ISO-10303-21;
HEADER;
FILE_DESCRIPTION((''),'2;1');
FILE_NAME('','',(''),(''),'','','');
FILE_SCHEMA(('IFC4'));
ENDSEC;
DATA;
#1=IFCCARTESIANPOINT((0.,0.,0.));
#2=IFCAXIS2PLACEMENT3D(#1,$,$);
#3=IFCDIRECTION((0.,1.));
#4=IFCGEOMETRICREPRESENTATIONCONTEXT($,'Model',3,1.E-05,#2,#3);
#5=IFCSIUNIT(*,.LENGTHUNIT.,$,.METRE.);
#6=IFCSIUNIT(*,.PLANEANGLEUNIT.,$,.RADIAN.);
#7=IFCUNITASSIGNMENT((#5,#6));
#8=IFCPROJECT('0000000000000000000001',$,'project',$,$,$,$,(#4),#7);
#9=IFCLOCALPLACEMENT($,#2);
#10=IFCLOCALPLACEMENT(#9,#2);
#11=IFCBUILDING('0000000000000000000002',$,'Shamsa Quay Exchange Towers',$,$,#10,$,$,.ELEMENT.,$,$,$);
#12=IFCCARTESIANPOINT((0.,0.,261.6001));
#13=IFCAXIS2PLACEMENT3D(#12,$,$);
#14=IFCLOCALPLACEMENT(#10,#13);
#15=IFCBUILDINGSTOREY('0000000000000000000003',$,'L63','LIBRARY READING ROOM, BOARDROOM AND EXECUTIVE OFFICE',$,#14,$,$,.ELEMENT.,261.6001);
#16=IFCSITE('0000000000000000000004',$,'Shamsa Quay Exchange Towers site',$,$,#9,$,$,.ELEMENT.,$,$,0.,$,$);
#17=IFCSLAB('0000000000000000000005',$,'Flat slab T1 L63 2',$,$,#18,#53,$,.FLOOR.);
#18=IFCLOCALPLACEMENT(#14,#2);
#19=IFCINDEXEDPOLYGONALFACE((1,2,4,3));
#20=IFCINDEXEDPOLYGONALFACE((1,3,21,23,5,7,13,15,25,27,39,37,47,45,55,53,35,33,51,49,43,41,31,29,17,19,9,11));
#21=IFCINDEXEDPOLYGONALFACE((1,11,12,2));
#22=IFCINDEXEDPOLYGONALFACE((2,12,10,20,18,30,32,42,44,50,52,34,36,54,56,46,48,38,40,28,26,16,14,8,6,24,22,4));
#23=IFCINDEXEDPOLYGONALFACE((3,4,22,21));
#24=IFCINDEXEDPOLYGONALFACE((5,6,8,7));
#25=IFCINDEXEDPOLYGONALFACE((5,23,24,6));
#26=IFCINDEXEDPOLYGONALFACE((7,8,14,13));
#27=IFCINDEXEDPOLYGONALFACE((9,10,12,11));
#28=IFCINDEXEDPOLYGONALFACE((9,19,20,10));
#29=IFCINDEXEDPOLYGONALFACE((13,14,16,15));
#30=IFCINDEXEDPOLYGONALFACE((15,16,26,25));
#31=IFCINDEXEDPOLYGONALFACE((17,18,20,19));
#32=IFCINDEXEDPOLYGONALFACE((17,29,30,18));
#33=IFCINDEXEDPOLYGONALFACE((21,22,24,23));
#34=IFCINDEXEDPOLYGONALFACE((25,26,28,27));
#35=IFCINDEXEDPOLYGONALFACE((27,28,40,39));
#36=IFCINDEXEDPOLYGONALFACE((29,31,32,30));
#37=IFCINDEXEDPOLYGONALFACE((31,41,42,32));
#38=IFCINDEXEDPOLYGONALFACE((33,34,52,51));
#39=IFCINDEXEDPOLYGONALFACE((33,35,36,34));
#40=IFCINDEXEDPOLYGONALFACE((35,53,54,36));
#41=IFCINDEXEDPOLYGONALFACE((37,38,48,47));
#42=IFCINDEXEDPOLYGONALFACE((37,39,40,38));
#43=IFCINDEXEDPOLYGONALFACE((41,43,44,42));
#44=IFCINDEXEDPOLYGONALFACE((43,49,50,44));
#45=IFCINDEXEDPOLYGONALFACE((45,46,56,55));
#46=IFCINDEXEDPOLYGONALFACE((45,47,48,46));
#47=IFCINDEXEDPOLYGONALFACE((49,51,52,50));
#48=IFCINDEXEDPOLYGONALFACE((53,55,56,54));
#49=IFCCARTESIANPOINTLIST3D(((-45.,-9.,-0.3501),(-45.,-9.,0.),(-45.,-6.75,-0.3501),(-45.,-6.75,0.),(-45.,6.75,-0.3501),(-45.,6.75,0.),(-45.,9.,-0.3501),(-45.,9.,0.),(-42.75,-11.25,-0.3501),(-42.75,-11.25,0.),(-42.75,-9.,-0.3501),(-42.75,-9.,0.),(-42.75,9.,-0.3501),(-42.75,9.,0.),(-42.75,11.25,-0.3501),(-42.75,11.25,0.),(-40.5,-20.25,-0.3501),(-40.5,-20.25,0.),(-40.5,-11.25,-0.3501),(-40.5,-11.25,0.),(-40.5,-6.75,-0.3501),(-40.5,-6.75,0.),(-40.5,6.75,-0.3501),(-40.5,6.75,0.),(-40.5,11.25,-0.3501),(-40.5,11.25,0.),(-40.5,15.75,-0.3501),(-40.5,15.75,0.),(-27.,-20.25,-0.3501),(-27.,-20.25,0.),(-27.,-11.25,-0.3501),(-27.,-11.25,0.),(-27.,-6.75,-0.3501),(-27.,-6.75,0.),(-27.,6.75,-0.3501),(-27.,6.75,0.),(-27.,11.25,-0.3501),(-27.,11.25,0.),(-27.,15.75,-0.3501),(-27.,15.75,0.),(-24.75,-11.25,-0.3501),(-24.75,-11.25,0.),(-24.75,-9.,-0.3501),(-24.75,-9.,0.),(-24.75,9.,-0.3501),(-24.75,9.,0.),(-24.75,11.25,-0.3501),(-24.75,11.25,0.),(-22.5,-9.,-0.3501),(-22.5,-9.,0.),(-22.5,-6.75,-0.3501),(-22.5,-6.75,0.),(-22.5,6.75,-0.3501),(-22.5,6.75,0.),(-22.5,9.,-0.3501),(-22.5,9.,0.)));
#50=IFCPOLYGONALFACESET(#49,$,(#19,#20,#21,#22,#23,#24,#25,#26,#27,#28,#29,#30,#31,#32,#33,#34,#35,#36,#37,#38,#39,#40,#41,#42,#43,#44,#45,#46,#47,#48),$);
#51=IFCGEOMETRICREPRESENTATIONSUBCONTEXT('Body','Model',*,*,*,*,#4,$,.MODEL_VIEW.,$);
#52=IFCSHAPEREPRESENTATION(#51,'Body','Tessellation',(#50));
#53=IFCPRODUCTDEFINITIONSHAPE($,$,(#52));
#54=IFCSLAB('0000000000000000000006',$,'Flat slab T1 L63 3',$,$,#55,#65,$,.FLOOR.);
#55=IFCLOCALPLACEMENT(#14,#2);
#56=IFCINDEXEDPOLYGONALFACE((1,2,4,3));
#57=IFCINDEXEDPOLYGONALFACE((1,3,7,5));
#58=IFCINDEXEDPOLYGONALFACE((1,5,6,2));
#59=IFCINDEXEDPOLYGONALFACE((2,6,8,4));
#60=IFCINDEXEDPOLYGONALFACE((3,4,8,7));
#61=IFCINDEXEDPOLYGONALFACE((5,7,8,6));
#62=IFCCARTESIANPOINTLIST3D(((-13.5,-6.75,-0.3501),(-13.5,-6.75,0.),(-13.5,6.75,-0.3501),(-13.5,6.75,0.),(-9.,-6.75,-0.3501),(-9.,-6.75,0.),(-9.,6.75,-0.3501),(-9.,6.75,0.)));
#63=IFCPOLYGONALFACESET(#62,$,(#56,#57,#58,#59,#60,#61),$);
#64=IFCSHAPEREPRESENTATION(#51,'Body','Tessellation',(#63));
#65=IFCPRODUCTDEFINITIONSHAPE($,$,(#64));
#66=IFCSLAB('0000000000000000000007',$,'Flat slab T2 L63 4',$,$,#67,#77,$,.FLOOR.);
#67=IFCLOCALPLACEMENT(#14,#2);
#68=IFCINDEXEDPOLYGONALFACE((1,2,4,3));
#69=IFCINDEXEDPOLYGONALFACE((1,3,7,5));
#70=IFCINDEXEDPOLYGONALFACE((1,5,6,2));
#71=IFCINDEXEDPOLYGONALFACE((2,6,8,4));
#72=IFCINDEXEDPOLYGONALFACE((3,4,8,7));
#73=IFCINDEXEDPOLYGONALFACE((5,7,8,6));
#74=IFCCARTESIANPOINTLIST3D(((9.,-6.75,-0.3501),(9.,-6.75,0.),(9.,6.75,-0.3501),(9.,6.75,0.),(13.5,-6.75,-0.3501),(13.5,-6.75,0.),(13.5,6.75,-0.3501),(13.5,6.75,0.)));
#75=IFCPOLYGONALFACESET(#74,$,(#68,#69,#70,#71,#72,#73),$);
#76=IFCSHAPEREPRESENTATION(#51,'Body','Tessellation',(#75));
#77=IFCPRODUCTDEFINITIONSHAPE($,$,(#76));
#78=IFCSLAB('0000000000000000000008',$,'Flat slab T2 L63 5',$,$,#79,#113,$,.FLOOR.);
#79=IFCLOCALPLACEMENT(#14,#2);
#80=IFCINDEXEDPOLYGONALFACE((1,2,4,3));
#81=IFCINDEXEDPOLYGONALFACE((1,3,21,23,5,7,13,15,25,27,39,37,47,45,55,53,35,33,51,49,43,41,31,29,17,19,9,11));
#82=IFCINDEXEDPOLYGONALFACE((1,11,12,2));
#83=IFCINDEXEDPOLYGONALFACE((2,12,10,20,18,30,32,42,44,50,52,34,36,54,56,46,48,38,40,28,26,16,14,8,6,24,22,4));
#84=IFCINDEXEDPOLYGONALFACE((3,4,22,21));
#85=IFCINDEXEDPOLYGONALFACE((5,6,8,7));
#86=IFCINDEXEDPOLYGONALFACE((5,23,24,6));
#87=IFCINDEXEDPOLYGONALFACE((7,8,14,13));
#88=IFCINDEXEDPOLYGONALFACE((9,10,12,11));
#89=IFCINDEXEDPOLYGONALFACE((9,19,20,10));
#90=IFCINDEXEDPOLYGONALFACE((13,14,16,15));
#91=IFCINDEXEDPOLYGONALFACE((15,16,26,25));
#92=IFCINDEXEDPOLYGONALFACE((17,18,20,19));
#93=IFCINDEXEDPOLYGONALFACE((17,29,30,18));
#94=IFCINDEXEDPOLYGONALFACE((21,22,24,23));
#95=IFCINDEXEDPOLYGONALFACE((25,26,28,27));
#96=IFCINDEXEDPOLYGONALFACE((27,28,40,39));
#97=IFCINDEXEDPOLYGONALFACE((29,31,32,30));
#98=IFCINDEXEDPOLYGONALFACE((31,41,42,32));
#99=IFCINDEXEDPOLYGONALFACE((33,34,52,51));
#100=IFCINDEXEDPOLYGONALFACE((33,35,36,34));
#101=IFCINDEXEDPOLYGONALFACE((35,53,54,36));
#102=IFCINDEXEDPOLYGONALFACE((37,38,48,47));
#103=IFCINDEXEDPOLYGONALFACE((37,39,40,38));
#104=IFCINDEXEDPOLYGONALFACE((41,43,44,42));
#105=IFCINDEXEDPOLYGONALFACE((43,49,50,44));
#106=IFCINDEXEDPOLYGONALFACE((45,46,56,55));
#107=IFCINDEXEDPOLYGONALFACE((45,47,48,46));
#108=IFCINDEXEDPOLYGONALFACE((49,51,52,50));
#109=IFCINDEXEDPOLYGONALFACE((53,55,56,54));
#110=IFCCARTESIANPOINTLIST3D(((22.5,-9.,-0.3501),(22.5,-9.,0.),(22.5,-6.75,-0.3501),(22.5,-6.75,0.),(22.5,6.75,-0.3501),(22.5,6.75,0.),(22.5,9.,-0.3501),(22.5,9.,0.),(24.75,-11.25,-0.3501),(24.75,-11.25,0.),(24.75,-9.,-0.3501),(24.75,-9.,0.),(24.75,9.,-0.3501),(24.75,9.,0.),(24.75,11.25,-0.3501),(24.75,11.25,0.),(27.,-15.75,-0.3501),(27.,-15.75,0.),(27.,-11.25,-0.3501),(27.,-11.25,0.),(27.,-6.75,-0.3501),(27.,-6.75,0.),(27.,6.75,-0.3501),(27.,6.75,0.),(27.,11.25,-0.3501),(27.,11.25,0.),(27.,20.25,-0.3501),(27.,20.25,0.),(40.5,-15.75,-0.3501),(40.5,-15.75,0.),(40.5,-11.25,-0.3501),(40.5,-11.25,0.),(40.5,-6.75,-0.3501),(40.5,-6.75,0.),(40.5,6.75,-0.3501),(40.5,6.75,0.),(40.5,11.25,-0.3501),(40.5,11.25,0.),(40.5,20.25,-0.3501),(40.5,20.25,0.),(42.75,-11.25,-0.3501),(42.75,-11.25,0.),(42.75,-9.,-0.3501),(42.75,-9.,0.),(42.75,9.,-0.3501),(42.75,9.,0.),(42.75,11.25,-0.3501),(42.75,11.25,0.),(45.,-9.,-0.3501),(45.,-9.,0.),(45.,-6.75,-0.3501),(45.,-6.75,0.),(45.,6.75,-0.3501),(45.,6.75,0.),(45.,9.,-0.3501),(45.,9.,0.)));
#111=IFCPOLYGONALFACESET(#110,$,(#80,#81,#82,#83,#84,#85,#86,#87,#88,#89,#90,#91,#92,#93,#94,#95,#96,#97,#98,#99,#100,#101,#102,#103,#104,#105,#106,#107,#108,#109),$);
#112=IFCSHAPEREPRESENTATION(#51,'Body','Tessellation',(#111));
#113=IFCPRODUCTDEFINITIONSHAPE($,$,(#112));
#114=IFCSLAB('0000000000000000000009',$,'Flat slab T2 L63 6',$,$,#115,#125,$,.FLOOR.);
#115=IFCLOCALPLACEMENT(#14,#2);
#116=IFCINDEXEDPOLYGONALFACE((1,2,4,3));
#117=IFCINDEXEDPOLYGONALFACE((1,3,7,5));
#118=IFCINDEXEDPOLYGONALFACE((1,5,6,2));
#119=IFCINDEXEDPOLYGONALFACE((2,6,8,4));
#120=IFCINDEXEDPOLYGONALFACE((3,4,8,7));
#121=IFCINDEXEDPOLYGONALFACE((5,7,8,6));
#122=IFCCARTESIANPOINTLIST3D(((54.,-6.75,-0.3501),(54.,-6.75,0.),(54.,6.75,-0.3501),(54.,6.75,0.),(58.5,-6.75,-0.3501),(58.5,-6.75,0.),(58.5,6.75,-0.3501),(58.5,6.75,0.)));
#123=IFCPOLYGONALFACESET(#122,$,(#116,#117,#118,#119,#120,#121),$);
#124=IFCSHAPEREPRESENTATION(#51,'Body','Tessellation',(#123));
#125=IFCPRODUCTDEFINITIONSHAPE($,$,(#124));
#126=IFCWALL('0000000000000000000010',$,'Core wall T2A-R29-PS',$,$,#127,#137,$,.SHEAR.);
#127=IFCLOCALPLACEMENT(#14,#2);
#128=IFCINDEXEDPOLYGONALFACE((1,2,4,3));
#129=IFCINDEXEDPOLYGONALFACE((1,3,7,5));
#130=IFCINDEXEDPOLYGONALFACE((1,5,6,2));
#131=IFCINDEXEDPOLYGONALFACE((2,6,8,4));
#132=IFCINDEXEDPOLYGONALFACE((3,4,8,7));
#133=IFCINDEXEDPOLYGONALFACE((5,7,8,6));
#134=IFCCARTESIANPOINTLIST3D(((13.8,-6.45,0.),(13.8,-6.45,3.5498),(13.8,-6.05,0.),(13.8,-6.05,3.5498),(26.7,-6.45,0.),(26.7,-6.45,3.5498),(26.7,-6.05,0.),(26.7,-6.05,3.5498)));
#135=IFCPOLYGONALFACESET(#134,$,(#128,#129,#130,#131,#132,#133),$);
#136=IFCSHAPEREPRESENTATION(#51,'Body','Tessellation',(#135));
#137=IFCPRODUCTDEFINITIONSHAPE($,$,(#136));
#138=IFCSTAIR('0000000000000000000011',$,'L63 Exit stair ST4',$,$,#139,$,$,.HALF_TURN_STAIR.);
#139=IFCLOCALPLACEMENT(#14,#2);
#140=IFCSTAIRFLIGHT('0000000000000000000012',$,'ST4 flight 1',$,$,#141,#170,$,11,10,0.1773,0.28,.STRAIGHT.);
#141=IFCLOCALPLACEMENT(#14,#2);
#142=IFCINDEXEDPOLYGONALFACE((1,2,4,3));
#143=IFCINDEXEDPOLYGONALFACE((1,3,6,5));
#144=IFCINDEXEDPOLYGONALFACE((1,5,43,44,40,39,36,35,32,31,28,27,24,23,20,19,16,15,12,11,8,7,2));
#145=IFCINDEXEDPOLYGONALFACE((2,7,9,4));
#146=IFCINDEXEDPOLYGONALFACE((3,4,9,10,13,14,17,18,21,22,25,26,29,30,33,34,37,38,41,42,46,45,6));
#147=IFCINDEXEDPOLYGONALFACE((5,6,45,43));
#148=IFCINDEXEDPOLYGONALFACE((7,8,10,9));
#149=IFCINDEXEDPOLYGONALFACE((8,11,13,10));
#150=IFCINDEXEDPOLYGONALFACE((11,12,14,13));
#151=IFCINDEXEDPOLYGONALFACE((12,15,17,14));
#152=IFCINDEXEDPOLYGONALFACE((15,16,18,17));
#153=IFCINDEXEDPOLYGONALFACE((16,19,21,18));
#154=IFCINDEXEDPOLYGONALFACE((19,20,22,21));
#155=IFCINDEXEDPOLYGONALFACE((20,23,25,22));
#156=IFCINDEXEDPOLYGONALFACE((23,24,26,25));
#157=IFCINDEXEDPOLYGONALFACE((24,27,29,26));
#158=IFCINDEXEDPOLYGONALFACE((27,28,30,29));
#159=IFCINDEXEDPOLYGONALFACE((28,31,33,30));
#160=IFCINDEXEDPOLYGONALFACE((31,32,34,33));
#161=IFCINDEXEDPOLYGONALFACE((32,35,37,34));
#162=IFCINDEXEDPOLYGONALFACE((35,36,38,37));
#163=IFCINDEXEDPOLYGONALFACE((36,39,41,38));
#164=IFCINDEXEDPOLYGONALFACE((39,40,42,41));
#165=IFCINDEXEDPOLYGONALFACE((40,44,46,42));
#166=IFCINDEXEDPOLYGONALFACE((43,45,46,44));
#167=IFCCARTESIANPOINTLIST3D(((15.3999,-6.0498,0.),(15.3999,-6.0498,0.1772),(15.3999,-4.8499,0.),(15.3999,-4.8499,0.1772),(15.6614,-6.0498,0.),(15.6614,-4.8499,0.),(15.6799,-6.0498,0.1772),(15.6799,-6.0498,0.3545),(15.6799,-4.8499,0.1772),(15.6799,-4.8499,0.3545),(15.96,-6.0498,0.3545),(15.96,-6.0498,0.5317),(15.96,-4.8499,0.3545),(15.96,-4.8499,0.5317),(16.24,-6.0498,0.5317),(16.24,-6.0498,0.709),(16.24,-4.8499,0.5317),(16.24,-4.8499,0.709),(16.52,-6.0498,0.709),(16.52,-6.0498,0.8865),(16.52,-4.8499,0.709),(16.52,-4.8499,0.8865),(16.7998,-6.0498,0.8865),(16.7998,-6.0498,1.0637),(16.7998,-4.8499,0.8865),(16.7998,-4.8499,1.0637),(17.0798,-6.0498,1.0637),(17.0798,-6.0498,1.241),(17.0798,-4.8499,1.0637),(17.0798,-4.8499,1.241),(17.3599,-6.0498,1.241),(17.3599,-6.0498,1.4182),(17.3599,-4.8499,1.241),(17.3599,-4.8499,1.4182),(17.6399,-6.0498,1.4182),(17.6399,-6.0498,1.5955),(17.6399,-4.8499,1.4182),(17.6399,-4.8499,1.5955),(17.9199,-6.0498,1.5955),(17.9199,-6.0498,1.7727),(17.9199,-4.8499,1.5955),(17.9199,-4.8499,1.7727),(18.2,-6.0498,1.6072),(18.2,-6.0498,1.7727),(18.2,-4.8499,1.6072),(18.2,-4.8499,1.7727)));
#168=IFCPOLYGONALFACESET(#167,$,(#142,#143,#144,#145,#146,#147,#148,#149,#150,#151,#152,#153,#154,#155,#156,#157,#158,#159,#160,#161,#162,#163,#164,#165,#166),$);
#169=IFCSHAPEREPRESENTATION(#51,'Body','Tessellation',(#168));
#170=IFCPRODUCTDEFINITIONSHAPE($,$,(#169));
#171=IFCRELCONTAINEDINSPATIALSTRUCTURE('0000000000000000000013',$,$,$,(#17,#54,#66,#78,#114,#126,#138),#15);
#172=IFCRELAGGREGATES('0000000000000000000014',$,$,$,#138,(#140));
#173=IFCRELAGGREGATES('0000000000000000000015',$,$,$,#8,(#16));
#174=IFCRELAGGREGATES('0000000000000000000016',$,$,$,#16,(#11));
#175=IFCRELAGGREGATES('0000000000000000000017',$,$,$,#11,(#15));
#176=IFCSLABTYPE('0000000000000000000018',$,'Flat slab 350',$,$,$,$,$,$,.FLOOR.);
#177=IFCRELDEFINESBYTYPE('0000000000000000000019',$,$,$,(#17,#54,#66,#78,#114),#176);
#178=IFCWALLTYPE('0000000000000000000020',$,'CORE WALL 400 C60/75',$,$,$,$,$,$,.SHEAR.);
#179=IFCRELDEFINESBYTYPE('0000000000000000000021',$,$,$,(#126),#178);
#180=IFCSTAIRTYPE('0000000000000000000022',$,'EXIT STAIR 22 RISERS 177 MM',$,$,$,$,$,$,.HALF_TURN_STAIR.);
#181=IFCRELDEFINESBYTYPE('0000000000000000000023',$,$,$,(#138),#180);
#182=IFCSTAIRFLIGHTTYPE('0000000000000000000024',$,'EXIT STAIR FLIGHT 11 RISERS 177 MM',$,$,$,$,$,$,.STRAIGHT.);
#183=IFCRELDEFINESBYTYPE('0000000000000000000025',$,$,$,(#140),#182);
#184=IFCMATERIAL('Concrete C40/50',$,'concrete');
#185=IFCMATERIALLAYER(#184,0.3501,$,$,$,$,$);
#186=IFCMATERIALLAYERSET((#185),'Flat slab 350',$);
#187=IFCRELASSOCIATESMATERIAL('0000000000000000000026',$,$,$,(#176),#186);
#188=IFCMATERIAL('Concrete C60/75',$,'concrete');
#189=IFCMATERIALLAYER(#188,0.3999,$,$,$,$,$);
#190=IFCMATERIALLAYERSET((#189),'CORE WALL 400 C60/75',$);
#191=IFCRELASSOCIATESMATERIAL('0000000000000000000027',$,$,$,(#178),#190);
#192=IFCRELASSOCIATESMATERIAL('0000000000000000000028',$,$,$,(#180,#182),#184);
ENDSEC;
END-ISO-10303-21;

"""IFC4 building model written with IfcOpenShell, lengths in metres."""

from ifc_helpers import new_model, si_unit, direction, frame, frame_2d, origin, place, context, subcontext, project, spatial, polyline, rectangle, outline, extrude, material, layer, layer_set, type_object, element, aggregate, save


model = new_model("IFC4")

# Units and contexts
model_context = context("Model", 3, precision=1e-05, world=origin(), true_north=direction((0.0, 1.0)))
body_context = subcontext(model_context, "Body", "Model", "MODEL_VIEW")
ifc_project = project(units=[si_unit("LENGTHUNIT", "METRE"), si_unit("PLANEANGLEUNIT", "RADIAN")], contexts=[model_context])

# Site, building, storey
site_placement = place(None, origin())
site = spatial("IfcSite", under=ifc_project, at=site_placement, Name="Shamsa Quay Exchange Towers site", CompositionType="ELEMENT", RefElevation=0.0)
building_placement = place(site_placement, origin())
building = spatial("IfcBuilding", under=site, at=building_placement, Name="Shamsa Quay Exchange Towers", CompositionType="ELEMENT")
storey_placement = place(building_placement, frame((0.0, 0.0, 261.6001)))
storey = spatial("IfcBuildingStorey", under=building, at=storey_placement, Name="L63", Description="LIBRARY READING ROOM, BOARDROOM AND EXECUTIVE OFFICE", CompositionType="ELEMENT", Elevation=261.6001)

# Slabs
ifc_material_1 = material(Name="Concrete C40/50", Category="concrete")
ifc_layer_1 = layer(ifc_material_1, 0.3501)
ifc_layer_set_1 = layer_set([ifc_layer_1], Name="Flat slab 350")
slab_type_1 = type_object("IfcSlabType", Name="Flat slab 350", PredefinedType="FLOOR", material=ifc_layer_set_1)
slab_1_placement = place(storey_placement, frame((0.0, 0.0, -0.3501)))
element("IfcSlab", 1, at=slab_1_placement, inside=storey, type_object=slab_type_1, Name="Flat slab T1 L63 2", PredefinedType="FLOOR", context=body_context, shape_type="SweptSolid", body=[
    extrude(outline(polyline([(-22.5, -9.0), (-22.5, -6.75), (-27.0, -6.75), (-27.0, 6.75), (-22.5, 6.75), (-22.5, 9.0), (-24.75, 9.0), (-24.75, 11.25), (-27.0, 11.25), (-27.0, 15.75), (-40.5, 15.75), (-40.5, 11.25), (-42.75, 11.25), (-42.75, 9.0), (-45.0, 9.0), (-45.0, 6.75), (-40.5, 6.75), (-40.5, -6.75), (-45.0, -6.75), (-45.0, -9.0), (-42.75, -9.0), (-42.75, -11.25), (-40.5, -11.25), (-40.5, -20.25), (-27.0, -20.25), (-27.0, -11.25), (-24.75, -11.25), (-24.75, -9.0), (-22.5, -9.0)])), origin(), (0.0, 0.0, 1.0), 0.3501),
])
slab_2_placement = place(storey_placement, frame((0.0, 0.0, -0.3501)))
element("IfcSlab", 2, at=slab_2_placement, inside=storey, type_object=slab_type_1, Name="Flat slab T1 L63 3", PredefinedType="FLOOR", context=body_context, shape_type="SweptSolid", body=[
    extrude(outline(polyline([(-9.0, 6.75), (-13.5, 6.75), (-13.5, -6.75), (-9.0, -6.75), (-9.0, 6.75)])), origin(), (0.0, 0.0, 1.0), 0.3501),
])
slab_3_placement = place(storey_placement, frame((0.0, 0.0, -0.3501)))
element("IfcSlab", 3, at=slab_3_placement, inside=storey, type_object=slab_type_1, Name="Flat slab T2 L63 4", PredefinedType="FLOOR", context=body_context, shape_type="SweptSolid", body=[
    extrude(outline(polyline([(9.0, -6.75), (13.5, -6.75), (13.5, 6.75), (9.0, 6.75), (9.0, -6.75)])), origin(), (0.0, 0.0, 1.0), 0.3501),
])
slab_4_placement = place(storey_placement, frame((0.0, 0.0, -0.3501)))
element("IfcSlab", 4, at=slab_4_placement, inside=storey, type_object=slab_type_1, Name="Flat slab T2 L63 5", PredefinedType="FLOOR", context=body_context, shape_type="SweptSolid", body=[
    extrude(outline(polyline([(45.0, -9.0), (45.0, -6.75), (40.5, -6.75), (40.5, 6.75), (45.0, 6.75), (45.0, 9.0), (42.75, 9.0), (42.75, 11.25), (40.5, 11.25), (40.5, 20.25), (27.0, 20.25), (27.0, 11.25), (24.75, 11.25), (24.75, 9.0), (22.5, 9.0), (22.5, 6.75), (27.0, 6.75), (27.0, -6.75), (22.5, -6.75), (22.5, -9.0), (24.75, -9.0), (24.75, -11.25), (27.0, -11.25), (27.0, -15.75), (40.5, -15.75), (40.5, -11.25), (42.75, -11.25), (42.75, -9.0), (45.0, -9.0)])), origin(), (0.0, 0.0, 1.0), 0.3501),
])
slab_5_placement = place(storey_placement, frame((0.0, 0.0, -0.3501)))
element("IfcSlab", 5, at=slab_5_placement, inside=storey, type_object=slab_type_1, Name="Flat slab T2 L63 6", PredefinedType="FLOOR", context=body_context, shape_type="SweptSolid", body=[
    extrude(outline(polyline([(58.5, 6.75), (54.0, 6.75), (54.0, -6.75), (58.5, -6.75), (58.5, 6.75)])), origin(), (0.0, 0.0, 1.0), 0.3501),
])

# Wall
ifc_material_2 = material(Name="Concrete C60/75", Category="concrete")
ifc_layer_2 = layer(ifc_material_2, 0.3999)
ifc_layer_set_2 = layer_set([ifc_layer_2], Name="CORE WALL 400 C60/75")
wall_type = type_object("IfcWallType", Name="CORE WALL 400 C60/75", PredefinedType="SHEAR", material=ifc_layer_set_2)
wall_placement = place(storey_placement, frame((13.8, -6.25, 0.0)))
element("IfcWall", 6, at=wall_placement, inside=storey, type_object=wall_type, Name="Core wall T2A-R29-PS", PredefinedType="SHEAR", context=body_context, shape_type="SweptSolid", body=[
    extrude(rectangle(XDim=12.8999, YDim=0.3999, at=frame_2d((6.45, 0.0))), origin(), (0.0, 0.0, 1.0), 3.5498),
])

# Stair, stair flight
stair_type = type_object("IfcStairType", Name="EXIT STAIR 22 RISERS 177 MM", PredefinedType="HALF_TURN_STAIR", material=ifc_material_1)
stair_placement = place(storey_placement, origin())
stair = element("IfcStair", 7, at=stair_placement, inside=storey, type_object=stair_type, Name="L63 Exit stair ST4", PredefinedType="HALF_TURN_STAIR")
stair_flight_type = type_object("IfcStairFlightType", Name="EXIT STAIR FLIGHT 11 RISERS 177 MM", PredefinedType="STRAIGHT", material=ifc_material_1)
stair_flight_placement = place(storey_placement, frame((15.3999, -5.45, 0.0)))
stair_flight = element("IfcStairFlight", 8, at=stair_flight_placement, type_object=stair_flight_type, Name="ST4 flight 1", NumberOfRisers=11, NumberOfTreads=10, PredefinedType="STRAIGHT", RiserHeight=0.1773, TreadLength=0.28, context=body_context, shape_type="SweptSolid", body=[
    extrude(outline(polyline([(0.0, 0.0), (0.0, 0.1772), (0.28, 0.1772), (0.28, 0.3545), (0.5601, 0.3545), (0.5601, 0.5317), (0.8401, 0.5317), (0.8401, 0.709), (1.1201, 0.709), (1.1201, 0.8865), (1.3999, 0.8865), (1.3999, 1.0637), (1.6799, 1.0637), (1.6799, 1.241), (1.96, 1.241), (1.96, 1.4182), (2.24, 1.4182), (2.24, 1.5955), (2.52, 1.5955), (2.52, 1.7727), (2.8, 1.7727), (2.8, 1.95), (2.8, 1.6072), (0.2615, 0.0), (0.0, 0.0)])), frame((0.0, 0.6001, 0.0), z_axis=(0.0, -1.0, 0.0), x_axis=(1.0, 0.0, 0.0)), (0.0, 0.0, 1.0), 1.2),
])
aggregate(stair, [stair_flight])

save(model, "model.ifc")
